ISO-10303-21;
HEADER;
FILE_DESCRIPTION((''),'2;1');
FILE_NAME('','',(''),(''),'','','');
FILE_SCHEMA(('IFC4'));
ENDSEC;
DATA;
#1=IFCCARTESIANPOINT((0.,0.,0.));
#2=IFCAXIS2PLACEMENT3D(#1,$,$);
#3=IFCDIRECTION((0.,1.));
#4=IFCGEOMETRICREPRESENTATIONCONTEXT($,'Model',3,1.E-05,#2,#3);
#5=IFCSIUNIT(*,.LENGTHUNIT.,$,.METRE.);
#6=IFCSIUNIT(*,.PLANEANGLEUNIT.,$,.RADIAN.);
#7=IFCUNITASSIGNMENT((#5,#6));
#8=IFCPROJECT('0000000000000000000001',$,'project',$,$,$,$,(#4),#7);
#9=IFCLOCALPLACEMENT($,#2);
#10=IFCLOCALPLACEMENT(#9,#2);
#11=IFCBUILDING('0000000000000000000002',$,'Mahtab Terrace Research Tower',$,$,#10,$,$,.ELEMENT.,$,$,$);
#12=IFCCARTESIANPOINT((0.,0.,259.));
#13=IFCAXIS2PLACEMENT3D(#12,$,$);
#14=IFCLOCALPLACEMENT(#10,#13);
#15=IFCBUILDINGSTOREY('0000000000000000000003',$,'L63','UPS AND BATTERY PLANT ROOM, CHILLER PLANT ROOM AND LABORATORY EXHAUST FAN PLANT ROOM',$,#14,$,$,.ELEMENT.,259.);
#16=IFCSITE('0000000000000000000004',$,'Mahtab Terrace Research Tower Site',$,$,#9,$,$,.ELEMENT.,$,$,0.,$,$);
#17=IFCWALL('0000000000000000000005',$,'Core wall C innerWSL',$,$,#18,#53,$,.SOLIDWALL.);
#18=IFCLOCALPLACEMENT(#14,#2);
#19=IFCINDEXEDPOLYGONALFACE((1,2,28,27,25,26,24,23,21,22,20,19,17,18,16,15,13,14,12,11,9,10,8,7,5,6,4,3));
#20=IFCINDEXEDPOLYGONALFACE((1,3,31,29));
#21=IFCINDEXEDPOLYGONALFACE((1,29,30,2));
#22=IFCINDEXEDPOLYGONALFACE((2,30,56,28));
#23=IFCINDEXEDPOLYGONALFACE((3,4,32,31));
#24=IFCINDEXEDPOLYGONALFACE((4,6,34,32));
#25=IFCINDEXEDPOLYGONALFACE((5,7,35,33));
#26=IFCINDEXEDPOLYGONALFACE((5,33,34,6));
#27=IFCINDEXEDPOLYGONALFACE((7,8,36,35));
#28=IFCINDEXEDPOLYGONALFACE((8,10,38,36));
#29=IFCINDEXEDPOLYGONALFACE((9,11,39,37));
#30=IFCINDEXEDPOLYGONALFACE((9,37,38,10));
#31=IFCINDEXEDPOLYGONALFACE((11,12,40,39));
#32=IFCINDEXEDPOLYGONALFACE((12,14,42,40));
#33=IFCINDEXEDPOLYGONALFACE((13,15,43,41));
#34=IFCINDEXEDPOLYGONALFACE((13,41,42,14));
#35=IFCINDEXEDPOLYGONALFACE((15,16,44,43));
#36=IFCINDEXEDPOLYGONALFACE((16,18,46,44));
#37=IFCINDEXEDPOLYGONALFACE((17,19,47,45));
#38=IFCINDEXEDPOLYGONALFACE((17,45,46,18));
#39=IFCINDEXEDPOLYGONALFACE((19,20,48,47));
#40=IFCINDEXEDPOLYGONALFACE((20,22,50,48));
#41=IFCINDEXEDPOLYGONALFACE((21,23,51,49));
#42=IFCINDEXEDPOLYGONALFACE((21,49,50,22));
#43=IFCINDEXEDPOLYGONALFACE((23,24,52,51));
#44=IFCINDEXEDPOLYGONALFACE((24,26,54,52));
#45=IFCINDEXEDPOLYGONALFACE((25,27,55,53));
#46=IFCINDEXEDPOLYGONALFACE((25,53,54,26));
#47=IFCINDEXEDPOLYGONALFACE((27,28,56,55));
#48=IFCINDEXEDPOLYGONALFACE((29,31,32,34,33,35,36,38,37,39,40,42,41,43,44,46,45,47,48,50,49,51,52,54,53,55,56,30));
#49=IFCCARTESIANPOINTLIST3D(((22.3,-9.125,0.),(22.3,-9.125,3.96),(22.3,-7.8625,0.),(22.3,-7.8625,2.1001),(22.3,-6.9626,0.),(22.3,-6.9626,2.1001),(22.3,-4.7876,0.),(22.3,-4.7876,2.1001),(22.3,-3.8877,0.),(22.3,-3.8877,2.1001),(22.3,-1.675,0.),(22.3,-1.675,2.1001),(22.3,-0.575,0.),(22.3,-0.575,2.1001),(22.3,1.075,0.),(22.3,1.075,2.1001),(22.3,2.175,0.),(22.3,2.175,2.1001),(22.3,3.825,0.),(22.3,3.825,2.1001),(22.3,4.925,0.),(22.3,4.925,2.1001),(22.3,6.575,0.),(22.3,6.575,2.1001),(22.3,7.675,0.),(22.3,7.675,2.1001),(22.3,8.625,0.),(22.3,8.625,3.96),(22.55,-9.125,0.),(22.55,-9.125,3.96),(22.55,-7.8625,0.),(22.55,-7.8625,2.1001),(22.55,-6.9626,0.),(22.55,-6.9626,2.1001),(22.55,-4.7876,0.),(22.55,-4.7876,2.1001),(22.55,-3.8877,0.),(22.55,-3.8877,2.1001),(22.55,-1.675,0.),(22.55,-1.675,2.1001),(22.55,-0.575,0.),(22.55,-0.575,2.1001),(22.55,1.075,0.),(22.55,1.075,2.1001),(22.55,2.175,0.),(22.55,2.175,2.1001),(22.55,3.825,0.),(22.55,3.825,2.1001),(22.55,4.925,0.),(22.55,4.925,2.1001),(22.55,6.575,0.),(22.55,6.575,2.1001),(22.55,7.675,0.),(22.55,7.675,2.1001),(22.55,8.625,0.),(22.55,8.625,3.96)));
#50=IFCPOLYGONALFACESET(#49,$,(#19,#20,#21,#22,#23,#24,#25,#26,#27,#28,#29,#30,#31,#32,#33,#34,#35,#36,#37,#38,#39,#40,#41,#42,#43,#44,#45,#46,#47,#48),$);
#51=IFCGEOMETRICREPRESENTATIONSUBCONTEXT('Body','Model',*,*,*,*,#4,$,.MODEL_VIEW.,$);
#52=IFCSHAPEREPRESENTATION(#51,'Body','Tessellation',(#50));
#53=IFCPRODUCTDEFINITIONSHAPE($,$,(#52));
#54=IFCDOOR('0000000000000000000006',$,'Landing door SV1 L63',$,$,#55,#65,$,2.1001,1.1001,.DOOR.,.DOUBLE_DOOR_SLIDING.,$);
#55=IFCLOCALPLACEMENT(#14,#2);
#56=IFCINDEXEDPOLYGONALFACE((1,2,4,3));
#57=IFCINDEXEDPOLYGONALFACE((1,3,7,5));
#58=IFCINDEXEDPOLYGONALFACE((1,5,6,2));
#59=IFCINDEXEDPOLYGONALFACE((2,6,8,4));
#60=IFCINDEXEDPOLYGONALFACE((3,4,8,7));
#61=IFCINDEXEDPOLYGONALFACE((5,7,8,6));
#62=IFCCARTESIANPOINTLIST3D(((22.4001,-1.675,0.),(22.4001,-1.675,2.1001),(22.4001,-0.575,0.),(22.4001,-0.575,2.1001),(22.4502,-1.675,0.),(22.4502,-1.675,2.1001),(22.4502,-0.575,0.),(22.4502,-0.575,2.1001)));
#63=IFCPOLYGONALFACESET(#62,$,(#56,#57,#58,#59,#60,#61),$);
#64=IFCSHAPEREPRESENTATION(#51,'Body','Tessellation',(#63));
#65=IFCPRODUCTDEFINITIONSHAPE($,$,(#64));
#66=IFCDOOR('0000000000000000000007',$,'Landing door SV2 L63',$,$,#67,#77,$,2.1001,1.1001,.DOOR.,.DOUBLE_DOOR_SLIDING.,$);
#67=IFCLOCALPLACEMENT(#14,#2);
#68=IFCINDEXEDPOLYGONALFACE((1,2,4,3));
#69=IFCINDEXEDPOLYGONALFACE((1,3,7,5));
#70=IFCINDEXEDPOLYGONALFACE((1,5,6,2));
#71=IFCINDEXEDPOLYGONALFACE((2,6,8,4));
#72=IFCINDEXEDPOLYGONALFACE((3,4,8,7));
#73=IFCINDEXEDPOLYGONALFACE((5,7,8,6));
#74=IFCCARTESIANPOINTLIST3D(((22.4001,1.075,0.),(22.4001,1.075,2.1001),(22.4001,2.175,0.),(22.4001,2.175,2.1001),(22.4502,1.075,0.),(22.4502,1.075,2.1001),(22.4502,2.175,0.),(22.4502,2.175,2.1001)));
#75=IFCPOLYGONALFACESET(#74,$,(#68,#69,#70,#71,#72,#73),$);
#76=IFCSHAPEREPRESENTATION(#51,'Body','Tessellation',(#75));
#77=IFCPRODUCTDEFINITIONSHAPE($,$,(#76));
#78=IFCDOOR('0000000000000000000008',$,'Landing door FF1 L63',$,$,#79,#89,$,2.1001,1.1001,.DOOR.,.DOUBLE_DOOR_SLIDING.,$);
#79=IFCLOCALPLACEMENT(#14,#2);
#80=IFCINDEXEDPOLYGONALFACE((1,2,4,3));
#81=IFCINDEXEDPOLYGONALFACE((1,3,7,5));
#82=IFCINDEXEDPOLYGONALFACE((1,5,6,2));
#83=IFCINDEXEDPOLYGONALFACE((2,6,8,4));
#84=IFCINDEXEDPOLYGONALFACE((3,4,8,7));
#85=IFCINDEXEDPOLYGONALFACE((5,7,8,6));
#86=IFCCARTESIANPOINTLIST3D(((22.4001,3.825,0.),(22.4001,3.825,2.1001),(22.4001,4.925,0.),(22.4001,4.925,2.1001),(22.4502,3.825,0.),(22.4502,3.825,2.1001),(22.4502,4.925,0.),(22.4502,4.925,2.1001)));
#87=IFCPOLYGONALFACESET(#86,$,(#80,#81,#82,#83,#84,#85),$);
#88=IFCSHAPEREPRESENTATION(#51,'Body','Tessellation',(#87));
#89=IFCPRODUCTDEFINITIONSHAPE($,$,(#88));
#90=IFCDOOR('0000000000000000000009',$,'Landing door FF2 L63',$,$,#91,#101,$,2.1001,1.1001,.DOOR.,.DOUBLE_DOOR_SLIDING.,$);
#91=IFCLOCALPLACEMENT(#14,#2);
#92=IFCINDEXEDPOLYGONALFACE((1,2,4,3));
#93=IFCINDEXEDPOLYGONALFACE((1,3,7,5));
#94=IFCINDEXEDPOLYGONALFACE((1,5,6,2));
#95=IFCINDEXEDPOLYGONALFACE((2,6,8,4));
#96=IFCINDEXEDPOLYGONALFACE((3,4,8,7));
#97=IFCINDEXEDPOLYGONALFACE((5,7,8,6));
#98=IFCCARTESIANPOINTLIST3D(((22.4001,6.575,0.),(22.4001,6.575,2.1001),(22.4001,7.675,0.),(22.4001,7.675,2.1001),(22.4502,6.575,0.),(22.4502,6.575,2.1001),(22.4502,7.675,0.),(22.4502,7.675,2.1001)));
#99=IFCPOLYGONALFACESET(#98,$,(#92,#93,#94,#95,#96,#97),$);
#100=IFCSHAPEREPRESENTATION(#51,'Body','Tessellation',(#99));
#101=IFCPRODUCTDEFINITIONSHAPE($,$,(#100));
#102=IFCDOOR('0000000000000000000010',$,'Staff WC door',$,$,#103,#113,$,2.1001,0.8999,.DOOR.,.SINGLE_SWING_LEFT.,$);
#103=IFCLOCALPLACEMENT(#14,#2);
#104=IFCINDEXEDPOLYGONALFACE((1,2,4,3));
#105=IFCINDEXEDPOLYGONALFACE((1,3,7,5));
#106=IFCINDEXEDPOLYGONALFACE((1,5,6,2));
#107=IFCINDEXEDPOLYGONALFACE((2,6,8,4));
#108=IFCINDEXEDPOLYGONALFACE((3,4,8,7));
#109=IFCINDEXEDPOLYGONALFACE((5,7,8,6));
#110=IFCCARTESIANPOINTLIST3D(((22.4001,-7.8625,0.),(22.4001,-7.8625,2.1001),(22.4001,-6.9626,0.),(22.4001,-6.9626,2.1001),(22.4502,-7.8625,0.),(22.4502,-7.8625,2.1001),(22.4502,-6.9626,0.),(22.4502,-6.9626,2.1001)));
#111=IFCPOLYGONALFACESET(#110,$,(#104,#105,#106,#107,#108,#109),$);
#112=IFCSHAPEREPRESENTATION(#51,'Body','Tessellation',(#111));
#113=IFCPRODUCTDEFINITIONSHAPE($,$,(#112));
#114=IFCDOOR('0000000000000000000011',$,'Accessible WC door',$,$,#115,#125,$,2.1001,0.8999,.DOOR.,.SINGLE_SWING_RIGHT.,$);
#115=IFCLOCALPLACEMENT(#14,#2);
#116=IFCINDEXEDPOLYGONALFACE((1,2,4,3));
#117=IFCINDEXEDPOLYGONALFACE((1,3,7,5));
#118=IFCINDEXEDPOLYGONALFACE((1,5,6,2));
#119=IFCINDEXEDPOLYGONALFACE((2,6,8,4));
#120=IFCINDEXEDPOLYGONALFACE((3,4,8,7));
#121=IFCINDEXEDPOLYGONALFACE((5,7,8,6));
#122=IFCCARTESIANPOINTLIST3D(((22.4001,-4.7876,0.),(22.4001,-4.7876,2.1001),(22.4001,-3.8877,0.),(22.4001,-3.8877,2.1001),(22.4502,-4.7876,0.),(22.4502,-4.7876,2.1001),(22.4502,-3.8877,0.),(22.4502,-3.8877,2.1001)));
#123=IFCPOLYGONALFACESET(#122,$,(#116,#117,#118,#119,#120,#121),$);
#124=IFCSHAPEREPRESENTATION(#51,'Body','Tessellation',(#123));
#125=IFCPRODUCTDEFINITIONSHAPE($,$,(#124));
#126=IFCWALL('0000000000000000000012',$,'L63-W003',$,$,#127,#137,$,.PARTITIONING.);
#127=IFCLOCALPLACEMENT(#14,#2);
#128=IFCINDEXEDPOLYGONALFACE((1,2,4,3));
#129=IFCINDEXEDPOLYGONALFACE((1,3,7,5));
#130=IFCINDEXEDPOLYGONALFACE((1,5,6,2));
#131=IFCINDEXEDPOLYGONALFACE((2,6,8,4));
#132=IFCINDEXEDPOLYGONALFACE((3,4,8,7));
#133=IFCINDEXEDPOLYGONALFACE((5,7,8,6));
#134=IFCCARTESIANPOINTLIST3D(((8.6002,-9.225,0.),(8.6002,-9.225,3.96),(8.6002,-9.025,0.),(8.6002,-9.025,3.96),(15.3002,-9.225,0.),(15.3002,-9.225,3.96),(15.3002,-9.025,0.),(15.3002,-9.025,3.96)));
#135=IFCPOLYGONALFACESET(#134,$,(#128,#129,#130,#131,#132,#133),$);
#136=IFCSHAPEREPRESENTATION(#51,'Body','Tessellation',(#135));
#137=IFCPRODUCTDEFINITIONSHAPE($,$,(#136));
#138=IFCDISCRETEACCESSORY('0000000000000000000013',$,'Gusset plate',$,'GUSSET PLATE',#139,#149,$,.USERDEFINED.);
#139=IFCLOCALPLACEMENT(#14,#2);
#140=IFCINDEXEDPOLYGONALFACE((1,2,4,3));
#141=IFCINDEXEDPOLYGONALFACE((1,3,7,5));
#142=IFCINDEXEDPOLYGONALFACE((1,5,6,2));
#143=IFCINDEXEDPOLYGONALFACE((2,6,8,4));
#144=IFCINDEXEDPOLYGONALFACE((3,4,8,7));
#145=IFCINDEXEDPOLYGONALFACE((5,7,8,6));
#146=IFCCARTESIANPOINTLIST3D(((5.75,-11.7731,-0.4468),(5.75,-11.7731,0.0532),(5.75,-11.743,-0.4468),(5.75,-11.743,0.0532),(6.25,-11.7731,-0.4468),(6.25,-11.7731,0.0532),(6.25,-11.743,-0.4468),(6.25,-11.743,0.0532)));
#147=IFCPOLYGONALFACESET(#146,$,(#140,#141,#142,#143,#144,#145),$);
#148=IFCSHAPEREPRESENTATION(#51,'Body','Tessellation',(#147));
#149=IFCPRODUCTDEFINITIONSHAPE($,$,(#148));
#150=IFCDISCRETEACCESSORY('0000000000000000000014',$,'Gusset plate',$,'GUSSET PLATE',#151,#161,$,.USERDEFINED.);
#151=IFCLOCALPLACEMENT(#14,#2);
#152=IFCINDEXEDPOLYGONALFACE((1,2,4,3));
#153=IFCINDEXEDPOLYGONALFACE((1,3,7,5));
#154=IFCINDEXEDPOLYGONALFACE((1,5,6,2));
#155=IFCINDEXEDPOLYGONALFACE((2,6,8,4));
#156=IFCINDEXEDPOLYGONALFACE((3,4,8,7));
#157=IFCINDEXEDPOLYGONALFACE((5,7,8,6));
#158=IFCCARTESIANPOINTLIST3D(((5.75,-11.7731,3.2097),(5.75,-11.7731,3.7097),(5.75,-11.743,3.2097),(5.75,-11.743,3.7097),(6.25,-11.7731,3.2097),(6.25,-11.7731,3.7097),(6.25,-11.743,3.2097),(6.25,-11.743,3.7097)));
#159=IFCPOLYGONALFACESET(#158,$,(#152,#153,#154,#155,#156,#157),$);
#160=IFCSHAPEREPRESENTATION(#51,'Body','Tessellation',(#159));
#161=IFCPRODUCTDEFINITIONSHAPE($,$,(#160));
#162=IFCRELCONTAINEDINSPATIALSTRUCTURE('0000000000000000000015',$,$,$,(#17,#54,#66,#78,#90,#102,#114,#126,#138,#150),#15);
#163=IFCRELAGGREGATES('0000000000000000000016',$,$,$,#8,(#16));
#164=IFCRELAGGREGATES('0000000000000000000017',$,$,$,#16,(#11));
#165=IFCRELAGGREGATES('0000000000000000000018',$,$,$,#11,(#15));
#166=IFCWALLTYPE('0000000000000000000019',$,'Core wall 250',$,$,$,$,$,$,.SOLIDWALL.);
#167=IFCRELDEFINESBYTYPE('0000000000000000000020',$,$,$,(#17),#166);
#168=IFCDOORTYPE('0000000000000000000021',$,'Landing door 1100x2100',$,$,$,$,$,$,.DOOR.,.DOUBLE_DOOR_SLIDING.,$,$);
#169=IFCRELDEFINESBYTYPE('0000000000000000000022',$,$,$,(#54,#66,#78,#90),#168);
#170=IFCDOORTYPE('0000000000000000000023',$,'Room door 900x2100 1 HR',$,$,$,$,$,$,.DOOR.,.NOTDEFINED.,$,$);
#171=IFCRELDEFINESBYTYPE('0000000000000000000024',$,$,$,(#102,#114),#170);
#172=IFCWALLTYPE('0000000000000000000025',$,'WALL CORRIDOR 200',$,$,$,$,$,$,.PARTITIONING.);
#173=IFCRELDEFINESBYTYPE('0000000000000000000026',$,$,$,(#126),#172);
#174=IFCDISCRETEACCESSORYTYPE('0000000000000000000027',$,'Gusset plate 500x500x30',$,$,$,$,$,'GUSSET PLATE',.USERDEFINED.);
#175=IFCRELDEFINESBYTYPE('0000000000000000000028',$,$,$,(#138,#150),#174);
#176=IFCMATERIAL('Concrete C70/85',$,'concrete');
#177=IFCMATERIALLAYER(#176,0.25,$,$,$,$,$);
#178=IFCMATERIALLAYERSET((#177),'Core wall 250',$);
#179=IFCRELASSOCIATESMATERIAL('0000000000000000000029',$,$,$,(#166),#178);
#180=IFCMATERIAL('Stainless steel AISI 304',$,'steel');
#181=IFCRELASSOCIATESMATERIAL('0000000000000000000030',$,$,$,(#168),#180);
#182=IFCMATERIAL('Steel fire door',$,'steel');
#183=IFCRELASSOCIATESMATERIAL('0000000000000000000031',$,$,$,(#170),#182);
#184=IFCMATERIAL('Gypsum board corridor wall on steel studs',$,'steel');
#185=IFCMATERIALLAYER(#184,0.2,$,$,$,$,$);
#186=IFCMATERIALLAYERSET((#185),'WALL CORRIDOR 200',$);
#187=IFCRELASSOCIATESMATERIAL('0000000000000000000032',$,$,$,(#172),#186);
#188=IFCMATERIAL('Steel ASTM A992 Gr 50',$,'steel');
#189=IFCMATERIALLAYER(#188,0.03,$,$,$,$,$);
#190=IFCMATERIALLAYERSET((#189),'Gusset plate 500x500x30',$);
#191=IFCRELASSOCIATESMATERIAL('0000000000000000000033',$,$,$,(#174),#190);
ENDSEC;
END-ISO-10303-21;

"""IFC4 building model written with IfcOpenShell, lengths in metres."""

from ifc_helpers import new_model, si_unit, direction, frame, frame_2d, origin, origin_2d, place, context, subcontext, project, spatial, rectangle, extrude, material, layer, layer_set, type_object, element, fill, save


model = new_model("IFC4")

# Units and contexts
model_context = context("Model", 3, precision=1e-05, world=origin(), true_north=direction((0.0, 1.0)))
body_context = subcontext(model_context, "Body", "Model", "MODEL_VIEW")
ifc_project = project(units=[si_unit("LENGTHUNIT", "METRE"), si_unit("PLANEANGLEUNIT", "RADIAN")], contexts=[model_context])

# Site, building, storey
site_placement = place(None, origin())
site = spatial("IfcSite", under=ifc_project, at=site_placement, Name="Mahtab Terrace Research Tower Site", CompositionType="ELEMENT", RefElevation=0.0)
building_placement = place(site_placement, origin())
building = spatial("IfcBuilding", under=site, at=building_placement, Name="Mahtab Terrace Research Tower", CompositionType="ELEMENT")
storey_placement = place(building_placement, frame((0.0, 0.0, 259.0)))
storey = spatial("IfcBuildingStorey", under=building, at=storey_placement, Name="L63", Description="UPS AND BATTERY PLANT ROOM, CHILLER PLANT ROOM AND LABORATORY EXHAUST FAN PLANT ROOM", CompositionType="ELEMENT", Elevation=259.0)

# Shared definitions
ifc_material_1 = material(Name="Concrete C70/85", Category="concrete")

# Shared definitions
ifc_material_2 = material(Name="Steel ASTM A992 Gr 50", Category="steel")

# Wall, openings, doors
ifc_layer_1 = layer(ifc_material_1, 0.25)
ifc_layer_set_1 = layer_set([ifc_layer_1], Name="Core wall 250")
wall_type_1 = type_object("IfcWallType", Name="Core wall 250", PredefinedType="SOLIDWALL", material=ifc_layer_set_1)
wall_1_placement = place(storey_placement, frame((22.425, -9.125, 0.0), z_axis=(0.0, 0.0, 1.0), x_axis=(0.0, 1.0, 0.0)))
wall_1 = element("IfcWall", 1, at=wall_1_placement, inside=storey, type_object=wall_type_1, Name="Core wall C innerWSL", PredefinedType="SOLIDWALL", context=body_context, shape_type="SweptSolid", body=[
    extrude(rectangle(XDim=17.75, YDim=0.25, at=frame_2d((8.875, 0.0))), origin(), (0.0, 0.0, 1.0), 3.96),
])
opening_1_placement = place(wall_1_placement, frame((7.45, 0.0, 0.0)))
opening_1 = element("IfcOpeningElement", 2, at=opening_1_placement, cuts=wall_1, PredefinedType="OPENING", context=body_context, shape_type="SweptSolid", body=[
    extrude(rectangle(XDim=1.1001, YDim=2.1001, at=frame_2d((0.55, 1.05))), frame((0.0, 0.135, 0.0), z_axis=(0.0, -1.0, 0.0), x_axis=(1.0, 0.0, 0.0)), (0.0, 0.0, 1.0), 0.27),
])
opening_2_placement = place(wall_1_placement, frame((10.2, 0.0, 0.0)))
opening_2 = element("IfcOpeningElement", 3, at=opening_2_placement, cuts=wall_1, PredefinedType="OPENING", context=body_context, shape_type="SweptSolid", body=[
    extrude(rectangle(XDim=1.1001, YDim=2.1001, at=frame_2d((0.55, 1.05))), frame((0.0, 0.135, 0.0), z_axis=(0.0, -1.0, 0.0), x_axis=(1.0, 0.0, 0.0)), (0.0, 0.0, 1.0), 0.27),
])
opening_3_placement = place(wall_1_placement, frame((12.95, 0.0, 0.0)))
opening_3 = element("IfcOpeningElement", 4, at=opening_3_placement, cuts=wall_1, PredefinedType="OPENING", context=body_context, shape_type="SweptSolid", body=[
    extrude(rectangle(XDim=1.1001, YDim=2.1001, at=frame_2d((0.55, 1.05))), frame((0.0, 0.135, 0.0), z_axis=(0.0, -1.0, 0.0), x_axis=(1.0, 0.0, 0.0)), (0.0, 0.0, 1.0), 0.27),
])
opening_4_placement = place(wall_1_placement, frame((15.7, 0.0, 0.0)))
opening_4 = element("IfcOpeningElement", 5, at=opening_4_placement, cuts=wall_1, PredefinedType="OPENING", context=body_context, shape_type="SweptSolid", body=[
    extrude(rectangle(XDim=1.1001, YDim=2.1001, at=frame_2d((0.55, 1.05))), frame((0.0, 0.135, 0.0), z_axis=(0.0, -1.0, 0.0), x_axis=(1.0, 0.0, 0.0)), (0.0, 0.0, 1.0), 0.27),
])
opening_5_placement = place(wall_1_placement, frame((1.2625, 0.0, 0.0)))
opening_5 = element("IfcOpeningElement", 6, at=opening_5_placement, cuts=wall_1, PredefinedType="OPENING", context=body_context, shape_type="SweptSolid", body=[
    extrude(rectangle(XDim=0.8999, YDim=2.1001, at=frame_2d((0.45, 1.05))), frame((0.0, 0.135, 0.0), z_axis=(0.0, -1.0, 0.0), x_axis=(1.0, 0.0, 0.0)), (0.0, 0.0, 1.0), 0.27),
])
opening_6_placement = place(wall_1_placement, frame((4.3374, 0.0, 0.0)))
opening_6 = element("IfcOpeningElement", 7, at=opening_6_placement, cuts=wall_1, PredefinedType="OPENING", context=body_context, shape_type="SweptSolid", body=[
    extrude(rectangle(XDim=0.8999, YDim=2.1001, at=frame_2d((0.45, 1.05))), frame((0.0, 0.135, 0.0), z_axis=(0.0, -1.0, 0.0), x_axis=(1.0, 0.0, 0.0)), (0.0, 0.0, 1.0), 0.27),
])
ifc_material_3 = material(Name="Stainless steel AISI 304", Category="steel")
door_type_1 = type_object("IfcDoorType", Name="Landing door 1100x2100", OperationType="DOUBLE_DOOR_SLIDING", PredefinedType="DOOR", material=ifc_material_3)
door_1_placement = place(opening_1_placement, origin())
door_1 = element("IfcDoor", 8, at=door_1_placement, inside=storey, type_object=door_type_1, Name="Landing door SV1 L63", OperationType="DOUBLE_DOOR_SLIDING", OverallHeight=2.1001, OverallWidth=1.1001, PredefinedType="DOOR", context=body_context, shape_type="SweptSolid", body=[
    extrude(rectangle(XDim=1.1001, YDim=2.1001, at=frame_2d((0.55, 1.05))), frame((0.0, 0.0249, 0.0), z_axis=(0.0, -1.0, 0.0), x_axis=(1.0, 0.0, 0.0)), (0.0, 0.0, 1.0), 0.05),
])
fill(opening_1, door_1)
door_2_placement = place(opening_2_placement, origin())
door_2 = element("IfcDoor", 9, at=door_2_placement, inside=storey, type_object=door_type_1, Name="Landing door SV2 L63", OperationType="DOUBLE_DOOR_SLIDING", OverallHeight=2.1001, OverallWidth=1.1001, PredefinedType="DOOR", context=body_context, shape_type="SweptSolid", body=[
    extrude(rectangle(XDim=1.1001, YDim=2.1001, at=frame_2d((0.55, 1.05))), frame((0.0, 0.0249, 0.0), z_axis=(0.0, -1.0, 0.0), x_axis=(1.0, 0.0, 0.0)), (0.0, 0.0, 1.0), 0.05),
])
fill(opening_2, door_2)
door_3_placement = place(opening_3_placement, origin())
door_3 = element("IfcDoor", 10, at=door_3_placement, inside=storey, type_object=door_type_1, Name="Landing door FF1 L63", OperationType="DOUBLE_DOOR_SLIDING", OverallHeight=2.1001, OverallWidth=1.1001, PredefinedType="DOOR", context=body_context, shape_type="SweptSolid", body=[
    extrude(rectangle(XDim=1.1001, YDim=2.1001, at=frame_2d((0.55, 1.05))), frame((0.0, 0.0249, 0.0), z_axis=(0.0, -1.0, 0.0), x_axis=(1.0, 0.0, 0.0)), (0.0, 0.0, 1.0), 0.05),
])
fill(opening_3, door_3)
door_4_placement = place(opening_4_placement, origin())
door_4 = element("IfcDoor", 11, at=door_4_placement, inside=storey, type_object=door_type_1, Name="Landing door FF2 L63", OperationType="DOUBLE_DOOR_SLIDING", OverallHeight=2.1001, OverallWidth=1.1001, PredefinedType="DOOR", context=body_context, shape_type="SweptSolid", body=[
    extrude(rectangle(XDim=1.1001, YDim=2.1001, at=frame_2d((0.55, 1.05))), frame((0.0, 0.0249, 0.0), z_axis=(0.0, -1.0, 0.0), x_axis=(1.0, 0.0, 0.0)), (0.0, 0.0, 1.0), 0.05),
])
fill(opening_4, door_4)
ifc_material_4 = material(Name="Steel fire door", Category="steel")
door_type_2 = type_object("IfcDoorType", Name="Room door 900x2100 1 HR", OperationType="NOTDEFINED", PredefinedType="DOOR", material=ifc_material_4)
door_5_placement = place(opening_5_placement, origin())
door_5 = element("IfcDoor", 12, at=door_5_placement, inside=storey, type_object=door_type_2, Name="Staff WC door", OperationType="SINGLE_SWING_LEFT", OverallHeight=2.1001, OverallWidth=0.8999, PredefinedType="DOOR", context=body_context, shape_type="SweptSolid", body=[
    extrude(rectangle(XDim=0.8999, YDim=2.1001, at=frame_2d((0.45, 1.05))), frame((0.0, 0.0249, 0.0), z_axis=(0.0, -1.0, 0.0), x_axis=(1.0, 0.0, 0.0)), (0.0, 0.0, 1.0), 0.05),
])
fill(opening_5, door_5)
door_6_placement = place(opening_6_placement, origin())
door_6 = element("IfcDoor", 13, at=door_6_placement, inside=storey, type_object=door_type_2, Name="Accessible WC door", OperationType="SINGLE_SWING_RIGHT", OverallHeight=2.1001, OverallWidth=0.8999, PredefinedType="DOOR", context=body_context, shape_type="SweptSolid", body=[
    extrude(rectangle(XDim=0.8999, YDim=2.1001, at=frame_2d((0.45, 1.05))), frame((0.0, 0.0249, 0.0), z_axis=(0.0, -1.0, 0.0), x_axis=(1.0, 0.0, 0.0)), (0.0, 0.0, 1.0), 0.05),
])
fill(opening_6, door_6)

# Wall
ifc_material_5 = material(Name="Gypsum board corridor wall on steel studs", Category="steel")
ifc_layer_2 = layer(ifc_material_5, 0.2)
ifc_layer_set_2 = layer_set([ifc_layer_2], Name="WALL CORRIDOR 200")
wall_type_2 = type_object("IfcWallType", Name="WALL CORRIDOR 200", PredefinedType="PARTITIONING", material=ifc_layer_set_2)
wall_2_placement = place(storey_placement, frame((8.6001, -9.125, 0.0), z_axis=(0.0, 0.0, 1.0), x_axis=(1.0, 0.0, 0.0)))
element("IfcWall", 14, at=wall_2_placement, inside=storey, type_object=wall_type_2, Name="L63-W003", PredefinedType="PARTITIONING", context=body_context, shape_type="SweptSolid", body=[
    extrude(rectangle(XDim=6.7, YDim=0.2, at=frame_2d((3.3501, 0.0))), origin(), (0.0, 0.0, 1.0), 3.96),
])

# Discrete accessories
ifc_layer_3 = layer(ifc_material_2, 0.03)
ifc_layer_set_3 = layer_set([ifc_layer_3], Name="Gusset plate 500x500x30")
discrete_accessory_type = type_object("IfcDiscreteAccessoryType", Name="Gusset plate 500x500x30", ElementType="GUSSET PLATE", PredefinedType="USERDEFINED", material=ifc_layer_set_3)
for number, where, z_axis, x_axis, name in (
    (15, (6.0, -11.7581, -0.4468), (0.0, 0.0, 1.0), (1.0, 0.0, 0.0), "Gusset plate"),
    (16, (6.0, -11.7581, 3.2097), (0.0, 0.0, 1.0), (1.0, 0.0, 0.0), "Gusset plate"),
):
    element("IfcDiscreteAccessory", number, at=place(storey_placement, frame(where, z_axis=z_axis, x_axis=x_axis)), inside=storey, type_object=discrete_accessory_type, Name=name, ObjectType="GUSSET PLATE", PredefinedType="USERDEFINED", context=body_context, shape_type="SweptSolid", body=[
        extrude(rectangle(XDim=0.5, YDim=0.03, at=origin_2d()), origin(), (0.0, 0.0, 1.0), 0.5),
    ])

save(model, "model.ifc")
